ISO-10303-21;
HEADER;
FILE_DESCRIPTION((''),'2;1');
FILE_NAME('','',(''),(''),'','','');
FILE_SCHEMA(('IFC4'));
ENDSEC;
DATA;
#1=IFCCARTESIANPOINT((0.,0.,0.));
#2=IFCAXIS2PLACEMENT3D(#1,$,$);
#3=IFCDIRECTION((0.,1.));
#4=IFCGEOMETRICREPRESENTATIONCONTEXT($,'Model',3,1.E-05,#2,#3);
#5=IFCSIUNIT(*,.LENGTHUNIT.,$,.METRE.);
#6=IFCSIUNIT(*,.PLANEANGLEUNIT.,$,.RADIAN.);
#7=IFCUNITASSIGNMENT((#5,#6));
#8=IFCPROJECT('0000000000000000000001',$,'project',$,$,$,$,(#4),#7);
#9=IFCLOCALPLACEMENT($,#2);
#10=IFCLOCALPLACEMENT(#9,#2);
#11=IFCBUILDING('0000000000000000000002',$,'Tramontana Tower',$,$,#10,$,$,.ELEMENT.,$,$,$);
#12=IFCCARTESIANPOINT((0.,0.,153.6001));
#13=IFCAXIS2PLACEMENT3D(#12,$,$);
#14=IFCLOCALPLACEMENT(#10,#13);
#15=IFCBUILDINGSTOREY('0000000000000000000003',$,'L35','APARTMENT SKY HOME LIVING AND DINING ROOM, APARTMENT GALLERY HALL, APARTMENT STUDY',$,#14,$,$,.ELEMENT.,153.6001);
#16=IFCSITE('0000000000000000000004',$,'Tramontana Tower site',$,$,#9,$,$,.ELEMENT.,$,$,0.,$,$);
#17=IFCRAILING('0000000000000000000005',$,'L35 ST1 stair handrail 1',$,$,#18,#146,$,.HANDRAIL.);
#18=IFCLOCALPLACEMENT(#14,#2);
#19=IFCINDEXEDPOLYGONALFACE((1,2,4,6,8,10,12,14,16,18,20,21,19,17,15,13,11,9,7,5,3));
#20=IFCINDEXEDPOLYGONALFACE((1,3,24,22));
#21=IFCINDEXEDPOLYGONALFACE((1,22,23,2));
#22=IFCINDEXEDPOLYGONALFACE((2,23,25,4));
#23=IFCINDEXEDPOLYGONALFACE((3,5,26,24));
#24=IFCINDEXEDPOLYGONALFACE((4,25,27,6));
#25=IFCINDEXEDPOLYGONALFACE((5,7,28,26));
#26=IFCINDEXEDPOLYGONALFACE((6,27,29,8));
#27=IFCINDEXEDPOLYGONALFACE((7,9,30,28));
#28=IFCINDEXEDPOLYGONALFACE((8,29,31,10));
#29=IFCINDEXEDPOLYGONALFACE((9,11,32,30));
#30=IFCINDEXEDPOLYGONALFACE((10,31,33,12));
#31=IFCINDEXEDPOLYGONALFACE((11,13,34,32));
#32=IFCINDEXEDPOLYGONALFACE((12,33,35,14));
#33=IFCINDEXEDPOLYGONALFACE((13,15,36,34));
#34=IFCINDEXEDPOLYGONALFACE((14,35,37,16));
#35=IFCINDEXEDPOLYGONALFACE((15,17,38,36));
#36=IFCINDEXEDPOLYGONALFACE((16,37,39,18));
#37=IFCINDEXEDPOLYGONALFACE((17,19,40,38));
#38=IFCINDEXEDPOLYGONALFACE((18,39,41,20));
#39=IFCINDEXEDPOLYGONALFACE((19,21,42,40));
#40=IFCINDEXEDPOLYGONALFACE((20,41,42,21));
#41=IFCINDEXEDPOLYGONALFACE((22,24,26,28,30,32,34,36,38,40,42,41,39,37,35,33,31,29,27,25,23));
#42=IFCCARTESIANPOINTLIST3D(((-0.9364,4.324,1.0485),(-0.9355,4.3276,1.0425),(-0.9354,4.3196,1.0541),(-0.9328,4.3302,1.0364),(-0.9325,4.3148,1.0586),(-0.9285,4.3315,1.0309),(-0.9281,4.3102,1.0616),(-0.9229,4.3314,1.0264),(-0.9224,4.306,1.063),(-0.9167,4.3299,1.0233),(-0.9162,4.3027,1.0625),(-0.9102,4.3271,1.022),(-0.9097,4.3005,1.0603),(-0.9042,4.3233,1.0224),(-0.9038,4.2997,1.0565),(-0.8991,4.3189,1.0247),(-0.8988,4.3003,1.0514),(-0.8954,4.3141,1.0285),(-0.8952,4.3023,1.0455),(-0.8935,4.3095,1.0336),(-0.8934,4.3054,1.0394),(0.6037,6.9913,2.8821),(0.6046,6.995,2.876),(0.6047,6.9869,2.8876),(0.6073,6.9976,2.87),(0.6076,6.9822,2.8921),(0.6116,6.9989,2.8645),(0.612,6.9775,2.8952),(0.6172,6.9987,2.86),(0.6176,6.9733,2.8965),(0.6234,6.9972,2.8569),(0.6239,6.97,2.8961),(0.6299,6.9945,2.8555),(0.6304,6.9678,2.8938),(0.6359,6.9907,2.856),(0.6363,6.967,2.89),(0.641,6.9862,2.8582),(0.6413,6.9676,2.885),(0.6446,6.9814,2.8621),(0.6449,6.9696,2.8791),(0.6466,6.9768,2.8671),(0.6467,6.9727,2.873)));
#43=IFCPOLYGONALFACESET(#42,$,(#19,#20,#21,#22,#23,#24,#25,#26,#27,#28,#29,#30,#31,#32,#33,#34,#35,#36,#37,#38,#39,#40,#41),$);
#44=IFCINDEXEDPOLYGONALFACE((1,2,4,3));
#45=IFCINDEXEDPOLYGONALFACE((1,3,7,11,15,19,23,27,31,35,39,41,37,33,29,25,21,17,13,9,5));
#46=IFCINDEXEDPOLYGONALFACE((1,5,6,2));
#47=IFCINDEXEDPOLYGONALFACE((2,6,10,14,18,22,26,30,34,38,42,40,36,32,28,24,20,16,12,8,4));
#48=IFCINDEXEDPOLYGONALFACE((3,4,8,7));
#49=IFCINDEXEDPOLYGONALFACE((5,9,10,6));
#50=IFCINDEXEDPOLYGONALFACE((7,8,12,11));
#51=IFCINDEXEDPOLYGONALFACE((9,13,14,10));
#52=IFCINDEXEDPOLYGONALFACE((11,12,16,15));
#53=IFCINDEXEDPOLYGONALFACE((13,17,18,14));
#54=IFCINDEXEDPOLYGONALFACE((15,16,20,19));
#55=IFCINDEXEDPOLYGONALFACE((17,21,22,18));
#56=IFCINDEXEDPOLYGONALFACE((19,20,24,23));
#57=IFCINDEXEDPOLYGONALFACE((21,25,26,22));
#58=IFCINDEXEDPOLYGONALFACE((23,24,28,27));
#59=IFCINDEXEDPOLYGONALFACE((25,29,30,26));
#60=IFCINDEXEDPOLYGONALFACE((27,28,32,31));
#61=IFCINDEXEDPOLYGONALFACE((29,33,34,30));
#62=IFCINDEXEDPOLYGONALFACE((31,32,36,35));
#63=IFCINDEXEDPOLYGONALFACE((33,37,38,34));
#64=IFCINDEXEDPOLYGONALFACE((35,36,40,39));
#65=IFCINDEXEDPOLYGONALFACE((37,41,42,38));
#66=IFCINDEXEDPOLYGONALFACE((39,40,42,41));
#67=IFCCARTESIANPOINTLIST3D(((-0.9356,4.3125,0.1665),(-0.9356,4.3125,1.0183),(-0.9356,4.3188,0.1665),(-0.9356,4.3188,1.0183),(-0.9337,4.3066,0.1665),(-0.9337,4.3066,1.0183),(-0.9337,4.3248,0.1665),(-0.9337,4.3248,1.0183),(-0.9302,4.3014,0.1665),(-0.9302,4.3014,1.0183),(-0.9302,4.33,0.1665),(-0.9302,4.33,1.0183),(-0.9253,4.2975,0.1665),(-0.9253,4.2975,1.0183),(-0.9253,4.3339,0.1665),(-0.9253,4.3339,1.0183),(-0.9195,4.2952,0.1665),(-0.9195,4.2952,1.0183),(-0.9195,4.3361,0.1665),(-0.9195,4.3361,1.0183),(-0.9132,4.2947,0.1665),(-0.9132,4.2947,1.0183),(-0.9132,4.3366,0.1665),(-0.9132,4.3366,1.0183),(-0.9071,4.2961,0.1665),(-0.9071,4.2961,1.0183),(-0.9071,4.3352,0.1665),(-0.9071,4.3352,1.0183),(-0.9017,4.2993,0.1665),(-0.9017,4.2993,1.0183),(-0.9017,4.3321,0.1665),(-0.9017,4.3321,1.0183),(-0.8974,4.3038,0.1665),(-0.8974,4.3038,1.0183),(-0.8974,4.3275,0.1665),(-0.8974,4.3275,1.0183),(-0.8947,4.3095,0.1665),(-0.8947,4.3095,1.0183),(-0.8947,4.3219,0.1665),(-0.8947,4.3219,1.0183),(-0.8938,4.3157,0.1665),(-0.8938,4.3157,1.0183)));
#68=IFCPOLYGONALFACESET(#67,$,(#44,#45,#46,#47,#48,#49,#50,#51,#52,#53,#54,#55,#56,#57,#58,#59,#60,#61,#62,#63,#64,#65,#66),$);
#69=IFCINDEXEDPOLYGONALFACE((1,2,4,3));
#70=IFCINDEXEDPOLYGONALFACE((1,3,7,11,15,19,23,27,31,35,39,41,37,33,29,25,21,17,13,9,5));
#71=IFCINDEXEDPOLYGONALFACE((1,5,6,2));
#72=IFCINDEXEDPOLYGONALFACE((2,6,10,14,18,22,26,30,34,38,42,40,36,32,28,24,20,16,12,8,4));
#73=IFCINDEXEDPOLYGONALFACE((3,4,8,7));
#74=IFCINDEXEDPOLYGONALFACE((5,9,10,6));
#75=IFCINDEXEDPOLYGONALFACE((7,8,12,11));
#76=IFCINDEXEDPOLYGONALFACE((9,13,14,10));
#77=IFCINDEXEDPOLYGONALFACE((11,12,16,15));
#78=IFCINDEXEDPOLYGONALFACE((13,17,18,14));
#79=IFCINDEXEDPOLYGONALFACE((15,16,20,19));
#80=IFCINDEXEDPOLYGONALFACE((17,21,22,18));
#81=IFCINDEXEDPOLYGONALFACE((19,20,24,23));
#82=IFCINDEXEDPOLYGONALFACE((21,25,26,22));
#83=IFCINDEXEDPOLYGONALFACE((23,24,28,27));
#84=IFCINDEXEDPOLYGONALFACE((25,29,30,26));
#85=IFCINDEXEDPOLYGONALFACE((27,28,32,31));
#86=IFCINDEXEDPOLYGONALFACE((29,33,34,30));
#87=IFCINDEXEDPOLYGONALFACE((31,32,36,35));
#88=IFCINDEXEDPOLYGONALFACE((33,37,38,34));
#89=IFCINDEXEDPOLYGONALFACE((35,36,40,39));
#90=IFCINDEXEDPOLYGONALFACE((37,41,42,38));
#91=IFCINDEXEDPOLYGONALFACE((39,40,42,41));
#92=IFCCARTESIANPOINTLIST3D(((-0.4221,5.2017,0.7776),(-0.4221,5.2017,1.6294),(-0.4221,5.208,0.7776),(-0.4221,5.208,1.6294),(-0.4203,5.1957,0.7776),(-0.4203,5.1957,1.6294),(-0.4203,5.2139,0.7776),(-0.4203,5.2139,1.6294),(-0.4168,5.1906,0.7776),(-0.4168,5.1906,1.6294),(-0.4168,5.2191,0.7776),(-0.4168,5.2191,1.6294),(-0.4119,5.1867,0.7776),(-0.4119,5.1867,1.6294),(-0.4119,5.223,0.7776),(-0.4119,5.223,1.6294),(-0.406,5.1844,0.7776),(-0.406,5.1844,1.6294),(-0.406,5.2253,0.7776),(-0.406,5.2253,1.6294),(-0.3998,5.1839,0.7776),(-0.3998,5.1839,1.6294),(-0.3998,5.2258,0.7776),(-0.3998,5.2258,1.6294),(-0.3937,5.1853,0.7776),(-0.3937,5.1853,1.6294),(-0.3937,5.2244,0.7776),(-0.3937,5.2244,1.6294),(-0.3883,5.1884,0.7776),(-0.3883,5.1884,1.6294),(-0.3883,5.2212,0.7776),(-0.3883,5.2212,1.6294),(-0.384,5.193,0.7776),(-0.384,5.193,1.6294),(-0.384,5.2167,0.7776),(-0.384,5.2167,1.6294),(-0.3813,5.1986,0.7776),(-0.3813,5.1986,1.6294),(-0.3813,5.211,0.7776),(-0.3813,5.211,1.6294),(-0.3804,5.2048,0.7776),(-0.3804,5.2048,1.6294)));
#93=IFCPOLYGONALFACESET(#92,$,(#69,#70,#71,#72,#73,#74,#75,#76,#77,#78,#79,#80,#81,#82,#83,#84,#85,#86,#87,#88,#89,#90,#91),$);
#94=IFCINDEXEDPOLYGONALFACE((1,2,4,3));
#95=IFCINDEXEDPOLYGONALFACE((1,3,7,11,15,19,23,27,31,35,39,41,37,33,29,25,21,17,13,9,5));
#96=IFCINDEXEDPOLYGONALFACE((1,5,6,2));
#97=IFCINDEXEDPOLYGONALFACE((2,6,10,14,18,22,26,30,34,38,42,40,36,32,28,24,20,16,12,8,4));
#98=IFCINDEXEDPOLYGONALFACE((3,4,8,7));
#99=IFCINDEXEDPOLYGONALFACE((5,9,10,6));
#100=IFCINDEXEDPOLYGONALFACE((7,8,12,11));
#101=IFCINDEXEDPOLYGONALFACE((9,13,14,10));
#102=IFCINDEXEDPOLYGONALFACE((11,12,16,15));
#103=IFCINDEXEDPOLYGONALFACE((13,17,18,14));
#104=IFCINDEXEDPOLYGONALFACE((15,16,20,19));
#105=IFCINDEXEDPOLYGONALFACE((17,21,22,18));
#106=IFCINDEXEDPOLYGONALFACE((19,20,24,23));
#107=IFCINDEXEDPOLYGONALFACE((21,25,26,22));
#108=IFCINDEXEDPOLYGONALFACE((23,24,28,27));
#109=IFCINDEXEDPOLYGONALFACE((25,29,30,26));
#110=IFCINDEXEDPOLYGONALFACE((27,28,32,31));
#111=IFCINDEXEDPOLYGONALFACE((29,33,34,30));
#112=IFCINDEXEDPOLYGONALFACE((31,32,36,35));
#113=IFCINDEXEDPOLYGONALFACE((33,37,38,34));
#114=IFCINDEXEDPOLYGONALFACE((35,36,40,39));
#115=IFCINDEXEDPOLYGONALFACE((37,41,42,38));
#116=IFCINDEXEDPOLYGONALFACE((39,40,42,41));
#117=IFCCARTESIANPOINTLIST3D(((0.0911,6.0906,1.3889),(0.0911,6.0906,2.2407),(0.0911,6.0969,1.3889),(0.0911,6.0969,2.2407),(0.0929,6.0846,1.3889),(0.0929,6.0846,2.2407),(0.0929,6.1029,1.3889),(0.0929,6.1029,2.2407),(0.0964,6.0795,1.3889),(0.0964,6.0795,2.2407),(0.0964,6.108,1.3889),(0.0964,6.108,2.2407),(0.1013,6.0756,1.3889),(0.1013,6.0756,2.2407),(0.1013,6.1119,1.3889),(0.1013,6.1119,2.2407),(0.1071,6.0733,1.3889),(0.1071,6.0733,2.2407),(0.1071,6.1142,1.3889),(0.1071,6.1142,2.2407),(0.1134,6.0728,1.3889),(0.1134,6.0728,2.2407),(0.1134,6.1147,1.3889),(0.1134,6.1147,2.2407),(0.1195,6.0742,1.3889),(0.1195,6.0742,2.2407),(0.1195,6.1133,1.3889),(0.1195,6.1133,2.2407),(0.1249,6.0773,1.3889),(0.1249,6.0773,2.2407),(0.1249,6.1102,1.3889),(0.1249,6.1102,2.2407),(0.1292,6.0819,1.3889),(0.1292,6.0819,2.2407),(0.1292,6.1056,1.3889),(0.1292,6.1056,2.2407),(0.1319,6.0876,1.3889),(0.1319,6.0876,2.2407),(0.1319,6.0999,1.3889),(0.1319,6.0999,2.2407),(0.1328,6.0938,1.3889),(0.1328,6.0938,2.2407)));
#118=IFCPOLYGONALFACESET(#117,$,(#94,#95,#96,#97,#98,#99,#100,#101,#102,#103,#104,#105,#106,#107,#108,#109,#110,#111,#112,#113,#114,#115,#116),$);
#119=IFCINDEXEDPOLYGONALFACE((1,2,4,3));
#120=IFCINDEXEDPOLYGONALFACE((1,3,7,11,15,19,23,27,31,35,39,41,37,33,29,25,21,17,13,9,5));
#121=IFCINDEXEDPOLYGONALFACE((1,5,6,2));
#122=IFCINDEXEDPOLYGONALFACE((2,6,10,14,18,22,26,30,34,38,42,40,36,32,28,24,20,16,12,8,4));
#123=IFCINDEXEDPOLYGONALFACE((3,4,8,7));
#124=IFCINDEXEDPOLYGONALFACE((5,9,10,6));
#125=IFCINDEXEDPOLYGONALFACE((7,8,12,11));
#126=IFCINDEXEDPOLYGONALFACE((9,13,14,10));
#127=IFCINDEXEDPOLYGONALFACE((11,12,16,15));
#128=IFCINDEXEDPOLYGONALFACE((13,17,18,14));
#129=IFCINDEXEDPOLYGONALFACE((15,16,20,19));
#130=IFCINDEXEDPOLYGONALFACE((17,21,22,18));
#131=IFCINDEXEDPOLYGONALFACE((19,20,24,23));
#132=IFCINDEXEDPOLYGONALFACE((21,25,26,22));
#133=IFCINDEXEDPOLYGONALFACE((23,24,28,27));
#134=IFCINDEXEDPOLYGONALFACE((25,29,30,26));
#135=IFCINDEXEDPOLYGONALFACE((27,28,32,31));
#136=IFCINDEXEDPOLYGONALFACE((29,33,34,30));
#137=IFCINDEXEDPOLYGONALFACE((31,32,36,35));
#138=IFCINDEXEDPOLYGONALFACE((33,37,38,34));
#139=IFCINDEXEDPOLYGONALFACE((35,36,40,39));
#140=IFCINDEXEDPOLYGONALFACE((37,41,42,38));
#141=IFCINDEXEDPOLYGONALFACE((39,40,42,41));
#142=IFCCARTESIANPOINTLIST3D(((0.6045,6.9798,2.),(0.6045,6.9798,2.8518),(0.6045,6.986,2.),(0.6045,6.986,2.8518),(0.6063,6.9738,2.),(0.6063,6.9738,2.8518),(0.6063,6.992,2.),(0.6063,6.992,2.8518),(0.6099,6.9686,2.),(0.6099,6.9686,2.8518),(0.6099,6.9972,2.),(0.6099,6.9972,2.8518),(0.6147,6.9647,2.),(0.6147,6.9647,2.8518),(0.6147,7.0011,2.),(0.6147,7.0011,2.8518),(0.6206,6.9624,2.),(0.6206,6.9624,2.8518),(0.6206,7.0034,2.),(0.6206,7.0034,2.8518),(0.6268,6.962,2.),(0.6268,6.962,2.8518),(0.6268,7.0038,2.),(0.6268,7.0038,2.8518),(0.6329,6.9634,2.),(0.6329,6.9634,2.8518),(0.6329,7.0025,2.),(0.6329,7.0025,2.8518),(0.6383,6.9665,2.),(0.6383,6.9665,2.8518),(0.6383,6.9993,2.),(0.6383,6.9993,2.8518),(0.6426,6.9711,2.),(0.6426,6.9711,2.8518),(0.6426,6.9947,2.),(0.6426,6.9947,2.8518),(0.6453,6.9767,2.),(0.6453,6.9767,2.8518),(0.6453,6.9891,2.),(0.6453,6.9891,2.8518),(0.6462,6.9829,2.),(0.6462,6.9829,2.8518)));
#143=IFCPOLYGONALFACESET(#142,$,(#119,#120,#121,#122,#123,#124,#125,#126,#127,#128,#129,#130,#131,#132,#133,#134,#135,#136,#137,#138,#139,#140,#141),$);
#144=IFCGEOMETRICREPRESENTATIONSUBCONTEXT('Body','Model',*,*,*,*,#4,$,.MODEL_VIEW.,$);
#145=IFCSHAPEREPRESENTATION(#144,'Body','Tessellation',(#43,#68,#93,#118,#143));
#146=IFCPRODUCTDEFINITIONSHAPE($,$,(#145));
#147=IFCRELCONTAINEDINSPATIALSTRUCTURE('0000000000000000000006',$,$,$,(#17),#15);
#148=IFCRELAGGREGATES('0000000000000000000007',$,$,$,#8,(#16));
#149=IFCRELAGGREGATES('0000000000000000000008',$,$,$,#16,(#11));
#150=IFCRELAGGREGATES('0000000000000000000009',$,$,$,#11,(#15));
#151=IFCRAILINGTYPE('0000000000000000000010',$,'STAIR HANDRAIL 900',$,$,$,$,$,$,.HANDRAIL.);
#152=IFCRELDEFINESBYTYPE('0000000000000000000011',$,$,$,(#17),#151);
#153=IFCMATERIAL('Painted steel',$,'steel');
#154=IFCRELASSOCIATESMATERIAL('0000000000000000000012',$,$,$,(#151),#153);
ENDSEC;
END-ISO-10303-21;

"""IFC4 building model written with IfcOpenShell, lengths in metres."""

from ifc_helpers import new_model, si_unit, direction, frame, origin, origin_2d, place, context, subcontext, project, spatial, circle, extrude, material, type_object, element, save


model = new_model("IFC4")

# Units and contexts
model_context = context("Model", 3, precision=1e-05, world=origin(), true_north=direction((0.0, 1.0)))
body_context = subcontext(model_context, "Body", "Model", "MODEL_VIEW")
ifc_project = project(units=[si_unit("LENGTHUNIT", "METRE"), si_unit("PLANEANGLEUNIT", "RADIAN")], contexts=[model_context])

# Site, building, storey
site_placement = place(None, origin())
site = spatial("IfcSite", under=ifc_project, at=site_placement, Name="Tramontana Tower site", CompositionType="ELEMENT", RefElevation=0.0)
building_placement = place(site_placement, origin())
building = spatial("IfcBuilding", under=site, at=building_placement, Name="Tramontana Tower", CompositionType="ELEMENT")
storey_placement = place(building_placement, frame((0.0, 0.0, 153.6001)))
storey = spatial("IfcBuildingStorey", under=building, at=storey_placement, Name="L35", Description="APARTMENT SKY HOME LIVING AND DINING ROOM, APARTMENT GALLERY HALL, APARTMENT STUDY", CompositionType="ELEMENT", Elevation=153.6001)

# Railing
ifc_material_1 = material(Name="Painted steel", Category="steel")
railing_type_1 = type_object("IfcRailingType", Name="STAIR HANDRAIL 900", PredefinedType="HANDRAIL", material=ifc_material_1)
railing_1_placement = place(storey_placement, frame((-0.9148, 4.3157, 0.1665)))
element("IfcRailing", 1, at=railing_1_placement, inside=storey, type_object=railing_type_1, Name="L35 ST1 stair handrail 1", PredefinedType="HANDRAIL", context=body_context, shape_type="SweptSolid", body=[
    extrude(circle(Radius=0.0239, at=origin_2d()), frame((0.0, 0.0, 0.876), z_axis=(0.429656, 0.744134, 0.511528), x_axis=(-0.86601, 0.500027, 0.0)), (0.0, 0.0, 1.0), 3.5845),
    extrude(circle(Radius=0.021, at=origin_2d()), origin(), (0.0, 0.0, 1.0), 0.8518),
    extrude(circle(Radius=0.021, at=origin_2d()), frame((0.5134, 0.8892, 0.6111)), (0.0, 0.0, 1.0), 0.8518),
    extrude(circle(Radius=0.021, at=origin_2d()), frame((1.0266, 1.7781, 1.2224)), (0.0, 0.0, 1.0), 0.8518),
    extrude(circle(Radius=0.021, at=origin_2d()), frame((1.54, 2.6672, 1.8335)), (0.0, 0.0, 1.0), 0.8518),
])

save(model, "model.ifc")
